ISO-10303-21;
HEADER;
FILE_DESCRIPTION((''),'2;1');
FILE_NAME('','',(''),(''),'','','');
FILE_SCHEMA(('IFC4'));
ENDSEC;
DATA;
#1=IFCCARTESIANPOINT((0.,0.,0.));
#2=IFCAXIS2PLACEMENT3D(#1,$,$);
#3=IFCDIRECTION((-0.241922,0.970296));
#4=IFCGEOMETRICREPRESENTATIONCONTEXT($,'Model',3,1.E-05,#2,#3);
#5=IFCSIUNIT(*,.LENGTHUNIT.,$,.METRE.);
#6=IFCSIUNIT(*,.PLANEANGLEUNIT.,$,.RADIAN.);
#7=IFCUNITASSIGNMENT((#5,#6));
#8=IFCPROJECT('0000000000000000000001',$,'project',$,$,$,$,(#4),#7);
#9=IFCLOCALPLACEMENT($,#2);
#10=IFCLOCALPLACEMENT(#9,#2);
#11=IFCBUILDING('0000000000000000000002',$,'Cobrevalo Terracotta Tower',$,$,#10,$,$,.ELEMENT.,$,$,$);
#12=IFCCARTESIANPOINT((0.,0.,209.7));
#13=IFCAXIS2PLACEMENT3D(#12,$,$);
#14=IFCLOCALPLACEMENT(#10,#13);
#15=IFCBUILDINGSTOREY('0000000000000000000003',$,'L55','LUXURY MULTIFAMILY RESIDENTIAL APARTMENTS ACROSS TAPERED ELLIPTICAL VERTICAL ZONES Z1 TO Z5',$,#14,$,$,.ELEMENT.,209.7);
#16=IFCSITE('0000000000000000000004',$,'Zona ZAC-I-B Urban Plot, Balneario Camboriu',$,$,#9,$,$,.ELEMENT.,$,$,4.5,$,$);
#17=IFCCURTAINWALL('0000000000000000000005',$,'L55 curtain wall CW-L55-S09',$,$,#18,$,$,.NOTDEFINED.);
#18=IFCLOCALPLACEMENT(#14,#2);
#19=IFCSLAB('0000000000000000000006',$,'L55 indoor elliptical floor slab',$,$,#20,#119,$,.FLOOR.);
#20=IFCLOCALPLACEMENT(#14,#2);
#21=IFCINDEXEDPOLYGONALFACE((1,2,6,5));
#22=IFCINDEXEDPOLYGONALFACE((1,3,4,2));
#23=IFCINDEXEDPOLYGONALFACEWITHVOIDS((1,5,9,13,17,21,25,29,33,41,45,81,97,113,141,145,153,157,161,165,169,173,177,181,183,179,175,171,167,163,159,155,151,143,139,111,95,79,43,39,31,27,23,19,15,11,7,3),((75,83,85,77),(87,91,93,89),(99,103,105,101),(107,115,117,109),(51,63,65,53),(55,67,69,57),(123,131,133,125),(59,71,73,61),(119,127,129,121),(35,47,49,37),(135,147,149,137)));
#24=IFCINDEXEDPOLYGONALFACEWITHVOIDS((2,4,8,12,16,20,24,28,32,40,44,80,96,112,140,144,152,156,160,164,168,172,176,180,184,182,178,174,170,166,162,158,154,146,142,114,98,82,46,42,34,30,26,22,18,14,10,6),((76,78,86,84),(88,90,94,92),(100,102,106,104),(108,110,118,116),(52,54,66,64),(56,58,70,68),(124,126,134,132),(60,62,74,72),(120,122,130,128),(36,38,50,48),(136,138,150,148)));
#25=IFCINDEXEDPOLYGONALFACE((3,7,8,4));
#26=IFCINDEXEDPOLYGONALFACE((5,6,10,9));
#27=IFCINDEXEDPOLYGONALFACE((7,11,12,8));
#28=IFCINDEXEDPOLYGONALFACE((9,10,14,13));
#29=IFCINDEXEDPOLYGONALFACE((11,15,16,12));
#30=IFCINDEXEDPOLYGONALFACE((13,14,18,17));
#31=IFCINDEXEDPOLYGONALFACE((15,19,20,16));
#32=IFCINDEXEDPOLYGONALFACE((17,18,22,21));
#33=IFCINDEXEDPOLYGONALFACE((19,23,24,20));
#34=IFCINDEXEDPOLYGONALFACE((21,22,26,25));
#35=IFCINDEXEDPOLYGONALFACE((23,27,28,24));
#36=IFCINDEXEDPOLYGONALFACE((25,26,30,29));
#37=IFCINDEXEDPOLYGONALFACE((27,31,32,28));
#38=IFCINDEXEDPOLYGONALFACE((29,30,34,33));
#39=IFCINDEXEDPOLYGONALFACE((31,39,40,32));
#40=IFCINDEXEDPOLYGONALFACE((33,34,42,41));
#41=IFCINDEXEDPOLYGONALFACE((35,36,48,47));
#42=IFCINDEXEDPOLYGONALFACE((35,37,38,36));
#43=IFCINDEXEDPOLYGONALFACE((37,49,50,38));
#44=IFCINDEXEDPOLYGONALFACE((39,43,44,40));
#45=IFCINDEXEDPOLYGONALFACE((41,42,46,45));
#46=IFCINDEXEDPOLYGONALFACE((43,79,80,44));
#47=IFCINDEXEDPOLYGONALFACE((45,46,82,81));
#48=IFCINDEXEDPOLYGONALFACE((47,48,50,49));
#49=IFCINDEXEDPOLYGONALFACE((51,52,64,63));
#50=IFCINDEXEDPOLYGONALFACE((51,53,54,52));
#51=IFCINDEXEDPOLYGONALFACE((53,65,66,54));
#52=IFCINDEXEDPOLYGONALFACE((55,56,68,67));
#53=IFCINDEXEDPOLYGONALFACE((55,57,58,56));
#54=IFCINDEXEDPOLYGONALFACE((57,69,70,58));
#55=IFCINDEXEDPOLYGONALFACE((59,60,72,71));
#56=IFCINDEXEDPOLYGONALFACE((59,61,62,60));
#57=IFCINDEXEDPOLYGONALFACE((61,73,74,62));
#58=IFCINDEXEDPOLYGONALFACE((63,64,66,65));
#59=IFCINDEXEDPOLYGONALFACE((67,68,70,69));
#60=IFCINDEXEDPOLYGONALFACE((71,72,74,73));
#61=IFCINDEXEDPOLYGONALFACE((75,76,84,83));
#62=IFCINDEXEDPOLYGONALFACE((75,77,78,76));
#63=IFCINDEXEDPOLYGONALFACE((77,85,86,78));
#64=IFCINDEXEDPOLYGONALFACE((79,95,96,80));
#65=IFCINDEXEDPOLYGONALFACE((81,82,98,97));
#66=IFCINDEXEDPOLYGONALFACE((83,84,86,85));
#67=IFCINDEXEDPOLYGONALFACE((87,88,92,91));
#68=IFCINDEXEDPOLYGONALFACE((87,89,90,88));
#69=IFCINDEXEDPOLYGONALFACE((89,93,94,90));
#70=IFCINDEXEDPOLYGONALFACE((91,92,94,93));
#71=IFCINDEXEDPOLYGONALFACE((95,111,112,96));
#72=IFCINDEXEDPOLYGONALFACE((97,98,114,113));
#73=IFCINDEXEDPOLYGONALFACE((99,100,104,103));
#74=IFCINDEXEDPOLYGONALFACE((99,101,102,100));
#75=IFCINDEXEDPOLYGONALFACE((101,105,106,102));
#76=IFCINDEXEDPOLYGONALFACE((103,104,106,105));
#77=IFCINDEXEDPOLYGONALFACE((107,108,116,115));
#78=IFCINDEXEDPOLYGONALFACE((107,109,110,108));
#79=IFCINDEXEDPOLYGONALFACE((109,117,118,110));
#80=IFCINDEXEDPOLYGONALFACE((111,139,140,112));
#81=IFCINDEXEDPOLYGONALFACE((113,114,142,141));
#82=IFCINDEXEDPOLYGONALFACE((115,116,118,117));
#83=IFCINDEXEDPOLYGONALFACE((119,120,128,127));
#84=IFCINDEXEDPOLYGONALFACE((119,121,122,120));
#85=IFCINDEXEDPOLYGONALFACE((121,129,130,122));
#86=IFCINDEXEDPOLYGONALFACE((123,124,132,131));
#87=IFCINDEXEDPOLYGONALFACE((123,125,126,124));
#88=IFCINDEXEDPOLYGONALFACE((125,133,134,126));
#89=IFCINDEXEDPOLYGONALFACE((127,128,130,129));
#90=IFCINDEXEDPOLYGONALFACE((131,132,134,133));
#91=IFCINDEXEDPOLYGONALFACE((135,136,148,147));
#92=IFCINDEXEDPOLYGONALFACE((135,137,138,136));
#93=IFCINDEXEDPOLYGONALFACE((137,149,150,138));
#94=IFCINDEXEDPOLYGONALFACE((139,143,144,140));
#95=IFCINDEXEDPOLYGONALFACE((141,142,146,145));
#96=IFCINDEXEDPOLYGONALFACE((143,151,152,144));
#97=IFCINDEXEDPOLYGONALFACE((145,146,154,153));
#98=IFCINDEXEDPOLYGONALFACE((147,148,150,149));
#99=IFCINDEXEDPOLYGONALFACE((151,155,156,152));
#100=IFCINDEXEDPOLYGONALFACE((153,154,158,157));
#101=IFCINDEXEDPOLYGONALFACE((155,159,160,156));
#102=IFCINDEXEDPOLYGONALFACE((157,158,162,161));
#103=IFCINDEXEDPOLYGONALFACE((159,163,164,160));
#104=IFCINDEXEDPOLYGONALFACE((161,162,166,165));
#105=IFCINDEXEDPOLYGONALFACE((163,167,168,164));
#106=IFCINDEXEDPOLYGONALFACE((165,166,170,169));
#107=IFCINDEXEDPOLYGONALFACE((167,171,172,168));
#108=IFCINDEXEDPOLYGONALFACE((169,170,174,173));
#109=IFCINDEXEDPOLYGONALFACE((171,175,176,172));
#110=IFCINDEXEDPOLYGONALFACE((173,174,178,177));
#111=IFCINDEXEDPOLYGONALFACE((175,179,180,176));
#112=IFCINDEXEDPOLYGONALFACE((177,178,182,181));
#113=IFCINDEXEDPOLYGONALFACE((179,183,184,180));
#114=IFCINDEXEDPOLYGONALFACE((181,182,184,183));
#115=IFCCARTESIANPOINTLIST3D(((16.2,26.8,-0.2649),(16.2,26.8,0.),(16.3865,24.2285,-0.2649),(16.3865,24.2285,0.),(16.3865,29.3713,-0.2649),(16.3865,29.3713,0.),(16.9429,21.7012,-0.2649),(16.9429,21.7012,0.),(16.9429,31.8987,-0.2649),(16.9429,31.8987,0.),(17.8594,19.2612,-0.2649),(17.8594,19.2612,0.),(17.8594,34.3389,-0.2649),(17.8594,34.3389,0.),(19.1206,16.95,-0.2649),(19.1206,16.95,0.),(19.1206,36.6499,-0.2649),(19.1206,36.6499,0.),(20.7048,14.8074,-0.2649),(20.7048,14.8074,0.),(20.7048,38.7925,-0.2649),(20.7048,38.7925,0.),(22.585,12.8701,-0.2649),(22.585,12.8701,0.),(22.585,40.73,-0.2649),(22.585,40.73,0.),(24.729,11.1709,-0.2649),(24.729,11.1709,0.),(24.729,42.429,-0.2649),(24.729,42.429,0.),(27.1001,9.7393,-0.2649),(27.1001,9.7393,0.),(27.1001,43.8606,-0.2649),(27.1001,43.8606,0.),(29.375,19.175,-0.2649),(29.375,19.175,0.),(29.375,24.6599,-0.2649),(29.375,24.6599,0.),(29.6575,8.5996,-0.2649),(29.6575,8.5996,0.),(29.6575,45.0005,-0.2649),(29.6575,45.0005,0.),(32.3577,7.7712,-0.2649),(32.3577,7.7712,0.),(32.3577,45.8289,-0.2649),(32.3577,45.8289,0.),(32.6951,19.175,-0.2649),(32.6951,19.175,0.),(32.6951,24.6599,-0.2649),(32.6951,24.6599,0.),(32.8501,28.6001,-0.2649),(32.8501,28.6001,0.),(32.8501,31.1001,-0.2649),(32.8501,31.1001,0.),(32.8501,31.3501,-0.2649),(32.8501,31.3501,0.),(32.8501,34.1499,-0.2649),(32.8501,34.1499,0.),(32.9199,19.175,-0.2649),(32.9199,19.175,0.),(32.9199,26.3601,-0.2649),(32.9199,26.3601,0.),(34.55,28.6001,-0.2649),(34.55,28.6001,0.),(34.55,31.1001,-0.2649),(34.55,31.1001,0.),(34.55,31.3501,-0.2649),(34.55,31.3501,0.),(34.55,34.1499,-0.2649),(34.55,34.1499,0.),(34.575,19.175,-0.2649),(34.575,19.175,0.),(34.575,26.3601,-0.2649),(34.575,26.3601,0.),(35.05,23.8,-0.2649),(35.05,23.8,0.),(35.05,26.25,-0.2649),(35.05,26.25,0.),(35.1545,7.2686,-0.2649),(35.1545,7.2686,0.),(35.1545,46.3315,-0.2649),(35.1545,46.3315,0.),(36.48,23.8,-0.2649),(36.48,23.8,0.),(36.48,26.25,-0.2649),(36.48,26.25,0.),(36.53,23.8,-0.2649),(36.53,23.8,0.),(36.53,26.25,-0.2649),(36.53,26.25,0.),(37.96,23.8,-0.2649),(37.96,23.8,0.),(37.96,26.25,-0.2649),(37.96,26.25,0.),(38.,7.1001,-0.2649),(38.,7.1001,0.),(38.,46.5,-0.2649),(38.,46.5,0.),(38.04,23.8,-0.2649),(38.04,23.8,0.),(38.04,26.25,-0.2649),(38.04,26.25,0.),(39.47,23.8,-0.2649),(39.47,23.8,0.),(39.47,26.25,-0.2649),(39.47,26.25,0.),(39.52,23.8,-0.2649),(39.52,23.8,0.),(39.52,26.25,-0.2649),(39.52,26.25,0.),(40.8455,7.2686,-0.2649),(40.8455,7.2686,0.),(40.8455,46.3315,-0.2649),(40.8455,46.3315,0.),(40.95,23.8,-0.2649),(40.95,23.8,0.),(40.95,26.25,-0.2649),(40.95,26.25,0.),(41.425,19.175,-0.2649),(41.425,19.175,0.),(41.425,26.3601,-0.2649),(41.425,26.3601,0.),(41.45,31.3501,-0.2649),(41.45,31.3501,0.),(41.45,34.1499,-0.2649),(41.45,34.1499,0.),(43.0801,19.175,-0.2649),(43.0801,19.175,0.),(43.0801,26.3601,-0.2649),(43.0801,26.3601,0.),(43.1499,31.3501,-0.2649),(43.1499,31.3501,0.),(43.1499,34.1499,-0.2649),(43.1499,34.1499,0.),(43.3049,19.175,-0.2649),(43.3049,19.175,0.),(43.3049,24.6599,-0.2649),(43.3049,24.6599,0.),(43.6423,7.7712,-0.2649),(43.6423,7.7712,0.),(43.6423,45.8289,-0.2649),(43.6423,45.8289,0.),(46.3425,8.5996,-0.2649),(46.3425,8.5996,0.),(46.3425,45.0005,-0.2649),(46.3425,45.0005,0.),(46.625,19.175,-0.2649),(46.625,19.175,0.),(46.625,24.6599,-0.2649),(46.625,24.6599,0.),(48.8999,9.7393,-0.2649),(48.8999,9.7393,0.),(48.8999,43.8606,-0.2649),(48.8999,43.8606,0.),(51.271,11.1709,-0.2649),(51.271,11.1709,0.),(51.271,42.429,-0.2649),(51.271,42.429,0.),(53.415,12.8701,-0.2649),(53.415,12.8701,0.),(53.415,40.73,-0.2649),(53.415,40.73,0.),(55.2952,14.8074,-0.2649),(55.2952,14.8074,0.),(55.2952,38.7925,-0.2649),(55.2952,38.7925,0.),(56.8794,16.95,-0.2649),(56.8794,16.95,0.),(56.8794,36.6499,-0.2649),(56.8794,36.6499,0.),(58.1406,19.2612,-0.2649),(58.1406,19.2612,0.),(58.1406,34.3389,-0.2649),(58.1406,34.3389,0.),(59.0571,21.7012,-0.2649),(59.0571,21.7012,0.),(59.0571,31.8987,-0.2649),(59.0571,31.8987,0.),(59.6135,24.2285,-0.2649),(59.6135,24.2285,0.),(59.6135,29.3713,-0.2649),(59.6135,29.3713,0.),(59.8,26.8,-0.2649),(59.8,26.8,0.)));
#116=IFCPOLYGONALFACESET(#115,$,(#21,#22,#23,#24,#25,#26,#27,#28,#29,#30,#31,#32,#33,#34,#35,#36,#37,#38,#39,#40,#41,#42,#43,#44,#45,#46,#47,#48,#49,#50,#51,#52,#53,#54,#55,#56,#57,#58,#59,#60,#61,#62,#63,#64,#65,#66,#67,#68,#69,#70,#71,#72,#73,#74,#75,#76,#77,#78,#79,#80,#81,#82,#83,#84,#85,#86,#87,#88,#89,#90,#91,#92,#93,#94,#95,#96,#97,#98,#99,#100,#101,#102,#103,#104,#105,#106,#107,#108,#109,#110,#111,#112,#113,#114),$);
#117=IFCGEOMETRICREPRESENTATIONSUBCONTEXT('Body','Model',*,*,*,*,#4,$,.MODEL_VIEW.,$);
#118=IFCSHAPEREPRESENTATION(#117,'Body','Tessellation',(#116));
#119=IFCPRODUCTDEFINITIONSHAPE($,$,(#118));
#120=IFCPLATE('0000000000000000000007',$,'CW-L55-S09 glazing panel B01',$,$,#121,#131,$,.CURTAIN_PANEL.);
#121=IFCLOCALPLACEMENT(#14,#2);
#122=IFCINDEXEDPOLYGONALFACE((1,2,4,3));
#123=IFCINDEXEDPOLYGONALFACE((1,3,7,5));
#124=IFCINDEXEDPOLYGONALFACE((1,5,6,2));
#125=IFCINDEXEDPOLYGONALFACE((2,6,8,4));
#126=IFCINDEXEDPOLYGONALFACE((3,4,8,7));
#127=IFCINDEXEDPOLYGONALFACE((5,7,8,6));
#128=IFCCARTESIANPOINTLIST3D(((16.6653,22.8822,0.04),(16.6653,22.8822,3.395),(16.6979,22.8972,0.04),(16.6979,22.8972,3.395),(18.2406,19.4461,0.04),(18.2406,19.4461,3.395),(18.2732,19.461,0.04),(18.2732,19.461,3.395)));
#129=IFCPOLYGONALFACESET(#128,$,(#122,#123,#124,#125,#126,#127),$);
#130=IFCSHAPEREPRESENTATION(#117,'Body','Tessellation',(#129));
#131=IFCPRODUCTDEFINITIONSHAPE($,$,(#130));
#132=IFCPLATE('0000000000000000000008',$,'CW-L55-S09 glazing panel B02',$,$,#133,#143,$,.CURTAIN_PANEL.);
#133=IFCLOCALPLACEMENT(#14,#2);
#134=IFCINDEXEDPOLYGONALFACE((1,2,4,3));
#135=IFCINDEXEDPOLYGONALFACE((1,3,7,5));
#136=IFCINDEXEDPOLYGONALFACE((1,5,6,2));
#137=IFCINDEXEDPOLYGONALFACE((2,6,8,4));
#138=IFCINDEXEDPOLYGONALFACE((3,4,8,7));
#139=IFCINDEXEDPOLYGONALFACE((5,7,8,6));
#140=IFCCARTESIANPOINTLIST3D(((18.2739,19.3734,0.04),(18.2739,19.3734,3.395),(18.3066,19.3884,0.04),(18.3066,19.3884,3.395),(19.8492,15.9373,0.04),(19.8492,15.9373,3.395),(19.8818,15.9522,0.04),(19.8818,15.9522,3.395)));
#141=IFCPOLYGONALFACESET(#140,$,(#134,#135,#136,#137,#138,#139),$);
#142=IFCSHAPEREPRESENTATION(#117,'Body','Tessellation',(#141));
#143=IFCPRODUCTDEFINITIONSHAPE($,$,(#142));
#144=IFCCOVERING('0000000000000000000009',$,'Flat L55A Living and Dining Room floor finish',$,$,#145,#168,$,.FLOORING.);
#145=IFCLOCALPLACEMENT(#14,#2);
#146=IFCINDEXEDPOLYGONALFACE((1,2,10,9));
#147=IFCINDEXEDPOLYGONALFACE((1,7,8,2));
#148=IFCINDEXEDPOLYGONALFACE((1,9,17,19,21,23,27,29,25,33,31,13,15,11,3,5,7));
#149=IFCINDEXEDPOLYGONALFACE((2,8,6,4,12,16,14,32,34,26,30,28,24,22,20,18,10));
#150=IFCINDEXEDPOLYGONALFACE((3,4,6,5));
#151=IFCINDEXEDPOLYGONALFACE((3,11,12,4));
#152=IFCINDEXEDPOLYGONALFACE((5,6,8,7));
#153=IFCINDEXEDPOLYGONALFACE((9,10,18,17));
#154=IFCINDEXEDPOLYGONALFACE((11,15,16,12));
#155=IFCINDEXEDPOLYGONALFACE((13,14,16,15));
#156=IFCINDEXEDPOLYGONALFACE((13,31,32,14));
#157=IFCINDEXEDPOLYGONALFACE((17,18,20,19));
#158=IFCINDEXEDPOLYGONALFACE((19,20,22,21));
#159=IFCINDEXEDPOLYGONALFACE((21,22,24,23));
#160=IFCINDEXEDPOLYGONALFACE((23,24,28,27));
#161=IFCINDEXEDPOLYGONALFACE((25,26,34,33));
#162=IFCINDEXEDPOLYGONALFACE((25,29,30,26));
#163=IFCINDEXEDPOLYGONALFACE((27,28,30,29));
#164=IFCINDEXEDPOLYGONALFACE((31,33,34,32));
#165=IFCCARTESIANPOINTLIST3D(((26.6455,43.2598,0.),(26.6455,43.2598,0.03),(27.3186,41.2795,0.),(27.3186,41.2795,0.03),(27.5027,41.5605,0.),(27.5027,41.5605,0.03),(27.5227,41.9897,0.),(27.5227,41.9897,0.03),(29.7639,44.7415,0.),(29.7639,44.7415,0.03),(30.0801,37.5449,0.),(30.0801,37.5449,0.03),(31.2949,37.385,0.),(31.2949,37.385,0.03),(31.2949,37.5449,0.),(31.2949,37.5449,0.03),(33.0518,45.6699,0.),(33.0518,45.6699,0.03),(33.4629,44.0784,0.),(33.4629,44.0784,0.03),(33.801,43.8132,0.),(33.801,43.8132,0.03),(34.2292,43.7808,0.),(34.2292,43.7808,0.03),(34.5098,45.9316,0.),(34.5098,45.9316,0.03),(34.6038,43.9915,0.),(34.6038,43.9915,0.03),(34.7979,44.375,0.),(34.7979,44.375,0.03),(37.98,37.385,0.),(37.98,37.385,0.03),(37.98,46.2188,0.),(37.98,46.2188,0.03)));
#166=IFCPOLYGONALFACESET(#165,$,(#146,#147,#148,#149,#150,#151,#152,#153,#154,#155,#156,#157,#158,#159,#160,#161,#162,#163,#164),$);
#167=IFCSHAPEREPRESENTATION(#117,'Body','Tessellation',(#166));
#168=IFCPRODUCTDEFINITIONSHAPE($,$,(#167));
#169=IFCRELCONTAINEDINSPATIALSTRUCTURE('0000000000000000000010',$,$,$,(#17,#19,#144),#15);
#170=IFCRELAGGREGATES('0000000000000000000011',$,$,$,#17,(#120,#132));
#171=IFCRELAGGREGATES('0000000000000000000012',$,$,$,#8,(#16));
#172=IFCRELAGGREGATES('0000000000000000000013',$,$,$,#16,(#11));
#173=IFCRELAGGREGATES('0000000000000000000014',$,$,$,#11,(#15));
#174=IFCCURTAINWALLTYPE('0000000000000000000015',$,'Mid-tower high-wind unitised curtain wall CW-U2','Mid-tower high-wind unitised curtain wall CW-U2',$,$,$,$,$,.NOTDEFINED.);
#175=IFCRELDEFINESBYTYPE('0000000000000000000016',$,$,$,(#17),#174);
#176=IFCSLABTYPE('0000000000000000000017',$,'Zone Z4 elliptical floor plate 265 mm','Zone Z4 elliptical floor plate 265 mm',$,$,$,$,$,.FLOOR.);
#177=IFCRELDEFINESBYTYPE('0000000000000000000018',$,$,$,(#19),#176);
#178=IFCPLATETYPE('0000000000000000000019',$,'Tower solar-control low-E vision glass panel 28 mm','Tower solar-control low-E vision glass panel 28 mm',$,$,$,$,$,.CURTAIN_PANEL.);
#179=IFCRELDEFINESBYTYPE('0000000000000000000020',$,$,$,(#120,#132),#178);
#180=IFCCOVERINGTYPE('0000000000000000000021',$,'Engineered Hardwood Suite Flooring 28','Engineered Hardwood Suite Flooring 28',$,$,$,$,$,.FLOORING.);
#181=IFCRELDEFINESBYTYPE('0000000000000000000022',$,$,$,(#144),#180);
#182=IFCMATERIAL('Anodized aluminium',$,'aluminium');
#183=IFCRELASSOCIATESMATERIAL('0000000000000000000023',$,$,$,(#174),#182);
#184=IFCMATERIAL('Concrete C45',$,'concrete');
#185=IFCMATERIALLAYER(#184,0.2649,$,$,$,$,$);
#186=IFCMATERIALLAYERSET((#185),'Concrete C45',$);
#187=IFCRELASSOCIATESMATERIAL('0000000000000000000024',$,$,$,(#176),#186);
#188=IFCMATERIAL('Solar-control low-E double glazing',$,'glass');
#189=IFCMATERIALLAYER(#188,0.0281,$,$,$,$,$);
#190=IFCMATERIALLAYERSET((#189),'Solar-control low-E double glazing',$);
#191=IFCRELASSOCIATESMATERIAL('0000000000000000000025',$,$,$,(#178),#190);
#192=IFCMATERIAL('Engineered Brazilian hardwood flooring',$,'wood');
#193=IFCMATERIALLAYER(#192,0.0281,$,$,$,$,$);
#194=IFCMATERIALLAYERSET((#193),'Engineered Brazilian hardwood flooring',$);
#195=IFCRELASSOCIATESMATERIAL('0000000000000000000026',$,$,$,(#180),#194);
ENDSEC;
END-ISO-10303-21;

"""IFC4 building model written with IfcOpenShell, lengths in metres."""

from ifc_helpers import new_model, si_unit, direction, frame, origin, origin_2d, place, context, subcontext, project, spatial, polyline, rectangle, outline, extrude, source, transform, mapped, material, layer, layer_set, type_object, element, aggregate, save


model = new_model("IFC4")

# Units and contexts
model_context = context("Model", 3, precision=1e-05, world=origin(), true_north=direction((-0.241922, 0.970296)))
body_context = subcontext(model_context, "Body", "Model", "MODEL_VIEW")
ifc_project = project(units=[si_unit("LENGTHUNIT", "METRE"), si_unit("PLANEANGLEUNIT", "RADIAN")], contexts=[model_context])

# Site, building, storey
site_placement = place(None, origin())
site = spatial("IfcSite", under=ifc_project, at=site_placement, Name="Zona ZAC-I-B Urban Plot, Balneario Camboriu", CompositionType="ELEMENT", RefElevation=4.5)
building_placement = place(site_placement, origin())
building = spatial("IfcBuilding", under=site, at=building_placement, Name="Cobrevalo Terracotta Tower", CompositionType="ELEMENT")
storey_placement = place(building_placement, frame((0.0, 0.0, 209.7)))
storey = spatial("IfcBuildingStorey", under=building, at=storey_placement, Name="L55", Description="LUXURY MULTIFAMILY RESIDENTIAL APARTMENTS ACROSS TAPERED ELLIPTICAL VERTICAL ZONES Z1 TO Z5", CompositionType="ELEMENT", Elevation=209.7)

# Curtain wall
ifc_material_1 = material(Name="Anodized aluminium", Category="aluminium")
curtain_wall_type = type_object("IfcCurtainWallType", Name="Mid-tower high-wind unitised curtain wall CW-U2", Description="Mid-tower high-wind unitised curtain wall CW-U2", PredefinedType="NOTDEFINED", material=ifc_material_1)
curtain_wall_1_placement = place(storey_placement, origin())
curtain_wall_1 = element("IfcCurtainWall", 1, at=curtain_wall_1_placement, inside=storey, type_object=curtain_wall_type, Name="L55 curtain wall CW-L55-S09", PredefinedType="NOTDEFINED")

# Slab
ifc_material_2 = material(Name="Concrete C45", Category="concrete")
ifc_layer_1 = layer(ifc_material_2, 0.2649)
ifc_layer_set_1 = layer_set([ifc_layer_1], Name="Concrete C45")
slab_type_1 = type_object("IfcSlabType", Name="Zone Z4 elliptical floor plate 265 mm", Description="Zone Z4 elliptical floor plate 265 mm", PredefinedType="FLOOR", material=ifc_layer_set_1)
slab_1_placement = place(storey_placement, frame((0.0, 0.0, -0.2649)))
element("IfcSlab", 2, at=slab_1_placement, inside=storey, type_object=slab_type_1, Name="L55 indoor elliptical floor slab", PredefinedType="FLOOR", context=body_context, shape_type="SweptSolid", body=[
    extrude(outline(polyline([(59.6135, 24.2285), (59.0571, 21.7012), (58.1406, 19.2612), (56.8794, 16.95), (55.2952, 14.8074), (53.415, 12.8701), (51.271, 11.1709), (48.8999, 9.7393), (46.3425, 8.5996), (43.6423, 7.7712), (40.8455, 7.2686), (38.0, 7.1001), (35.1545, 7.2686), (32.3577, 7.7712), (29.6575, 8.5996), (27.1001, 9.7393), (24.729, 11.1709), (22.585, 12.8701), (20.7048, 14.8074), (19.1206, 16.95), (17.8594, 19.2612), (16.9429, 21.7012), (16.3865, 24.2285), (16.2, 26.8), (16.3865, 29.3713), (16.9429, 31.8987), (17.8594, 34.3389), (19.1206, 36.6499), (20.7048, 38.7925), (22.585, 40.73), (24.729, 42.429), (27.1001, 43.8606), (29.6575, 45.0005), (32.3577, 45.8289), (35.1545, 46.3315), (38.0, 46.5), (40.8455, 46.3315), (43.6423, 45.8289), (46.3425, 45.0005), (48.8999, 43.8606), (51.271, 42.429), (53.415, 40.73), (55.2952, 38.7925), (56.8794, 36.6499), (58.1406, 34.3389), (59.0571, 31.8987), (59.6135, 29.3713), (59.8, 26.8), (59.6135, 24.2285)]), holes=[polyline([(32.6951, 19.175), (32.6951, 24.6599), (29.375, 24.6599), (29.375, 19.175), (32.6951, 19.175)]), polyline([(34.575, 26.3601), (32.9199, 26.3601), (32.9199, 19.175), (34.575, 19.175), (34.575, 26.3601)]), polyline([(36.48, 26.25), (35.05, 26.25), (35.05, 23.8), (36.48, 23.8), (36.48, 26.25)]), polyline([(37.96, 23.8), (37.96, 26.25), (36.53, 26.25), (36.53, 23.8), (37.96, 23.8)]), polyline([(34.55, 28.6001), (34.55, 31.1001), (32.8501, 31.1001), (32.8501, 28.6001), (34.55, 28.6001)]), polyline([(34.55, 34.1499), (32.8501, 34.1499), (32.8501, 31.3501), (34.55, 31.3501), (34.55, 34.1499)]), polyline([(43.3049, 19.175), (46.625, 19.175), (46.625, 24.6599), (43.3049, 24.6599), (43.3049, 19.175)]), polyline([(43.0801, 19.175), (43.0801, 26.3601), (41.425, 26.3601), (41.425, 19.175), (43.0801, 19.175)]), polyline([(39.47, 26.25), (38.04, 26.25), (38.04, 23.8), (39.47, 23.8), (39.47, 26.25)]), polyline([(40.95, 23.8), (40.95, 26.25), (39.52, 26.25), (39.52, 23.8), (40.95, 23.8)]), polyline([(43.1499, 31.3501), (43.1499, 34.1499), (41.45, 34.1499), (41.45, 31.3501), (43.1499, 31.3501)])]), origin(), (0.0, 0.0, 1.0), 0.2649),
])

# Plates
ifc_material_3 = material(Name="Solar-control low-E double glazing", Category="glass")
ifc_layer_2 = layer(ifc_material_3, 0.0281)
ifc_layer_set_2 = layer_set([ifc_layer_2], Name="Solar-control low-E double glazing")
plate_type = type_object("IfcPlateType", Name="Tower solar-control low-E vision glass panel 28 mm", Description="Tower solar-control low-E vision glass panel 28 mm", PredefinedType="CURTAIN_PANEL", material=ifc_layer_set_2)
shared_shape_1 = source(origin(), body_context, "Body", "SweptSolid", [
    extrude(rectangle(XDim=3.78, YDim=0.0359, at=origin_2d()), origin(), (0.0, 0.0, 1.0), 3.355),
])
plate_1_placement = place(storey_placement, frame((17.4692, 21.1716, 0.04), z_axis=(0.0, 0.0, 1.0), x_axis=(0.416731, -0.90903, 0.0)))
plate_1 = element("IfcPlate", 3, at=plate_1_placement, type_object=plate_type, Name="CW-L55-S09 glazing panel B01", PredefinedType="CURTAIN_PANEL", context=body_context, shape_type="MappedRepresentation", body=[
    mapped(shared_shape_1, transform((0.0, 0.0, 0.0), scale=1.0)),
])
plate_2_placement = place(storey_placement, frame((19.0779, 17.6628, 0.04), z_axis=(0.0, 0.0, 1.0), x_axis=(0.416731, -0.90903, 0.0)))
plate_2 = element("IfcPlate", 4, at=plate_2_placement, type_object=plate_type, Name="CW-L55-S09 glazing panel B02", PredefinedType="CURTAIN_PANEL", context=body_context, shape_type="MappedRepresentation", body=[
    mapped(shared_shape_1, transform((0.0, 0.0, 0.0), scale=1.0)),
])
aggregate(curtain_wall_1, [plate_1, plate_2])

# Covering
ifc_material_4 = material(Name="Engineered Brazilian hardwood flooring", Category="wood")
ifc_layer_3 = layer(ifc_material_4, 0.0281)
ifc_layer_set_3 = layer_set([ifc_layer_3], Name="Engineered Brazilian hardwood flooring")
covering_type_1 = type_object("IfcCoveringType", Name="Engineered Hardwood Suite Flooring 28", Description="Engineered Hardwood Suite Flooring 28", PredefinedType="FLOORING", material=ifc_layer_set_3)
covering_1_placement = place(storey_placement, origin())
element("IfcCovering", 5, at=covering_1_placement, inside=storey, type_object=covering_type_1, Name="Flat L55A Living and Dining Room floor finish", PredefinedType="FLOORING", context=body_context, shape_type="SweptSolid", body=[
    extrude(outline(polyline([(29.7639, 44.7415), (33.0518, 45.6699), (33.4629, 44.0784), (33.801, 43.8132), (34.2292, 43.7808), (34.6038, 43.9915), (34.7979, 44.375), (34.5098, 45.9316), (37.98, 46.2188), (37.98, 37.385), (31.2949, 37.385), (31.2949, 37.5449), (30.0801, 37.5449), (27.3186, 41.2795), (27.5027, 41.5605), (27.5227, 41.9897), (26.6455, 43.2598), (29.7639, 44.7415)])), origin(), (0.0, 0.0, 1.0), 0.03),
])

save(model, "model.ifc")
